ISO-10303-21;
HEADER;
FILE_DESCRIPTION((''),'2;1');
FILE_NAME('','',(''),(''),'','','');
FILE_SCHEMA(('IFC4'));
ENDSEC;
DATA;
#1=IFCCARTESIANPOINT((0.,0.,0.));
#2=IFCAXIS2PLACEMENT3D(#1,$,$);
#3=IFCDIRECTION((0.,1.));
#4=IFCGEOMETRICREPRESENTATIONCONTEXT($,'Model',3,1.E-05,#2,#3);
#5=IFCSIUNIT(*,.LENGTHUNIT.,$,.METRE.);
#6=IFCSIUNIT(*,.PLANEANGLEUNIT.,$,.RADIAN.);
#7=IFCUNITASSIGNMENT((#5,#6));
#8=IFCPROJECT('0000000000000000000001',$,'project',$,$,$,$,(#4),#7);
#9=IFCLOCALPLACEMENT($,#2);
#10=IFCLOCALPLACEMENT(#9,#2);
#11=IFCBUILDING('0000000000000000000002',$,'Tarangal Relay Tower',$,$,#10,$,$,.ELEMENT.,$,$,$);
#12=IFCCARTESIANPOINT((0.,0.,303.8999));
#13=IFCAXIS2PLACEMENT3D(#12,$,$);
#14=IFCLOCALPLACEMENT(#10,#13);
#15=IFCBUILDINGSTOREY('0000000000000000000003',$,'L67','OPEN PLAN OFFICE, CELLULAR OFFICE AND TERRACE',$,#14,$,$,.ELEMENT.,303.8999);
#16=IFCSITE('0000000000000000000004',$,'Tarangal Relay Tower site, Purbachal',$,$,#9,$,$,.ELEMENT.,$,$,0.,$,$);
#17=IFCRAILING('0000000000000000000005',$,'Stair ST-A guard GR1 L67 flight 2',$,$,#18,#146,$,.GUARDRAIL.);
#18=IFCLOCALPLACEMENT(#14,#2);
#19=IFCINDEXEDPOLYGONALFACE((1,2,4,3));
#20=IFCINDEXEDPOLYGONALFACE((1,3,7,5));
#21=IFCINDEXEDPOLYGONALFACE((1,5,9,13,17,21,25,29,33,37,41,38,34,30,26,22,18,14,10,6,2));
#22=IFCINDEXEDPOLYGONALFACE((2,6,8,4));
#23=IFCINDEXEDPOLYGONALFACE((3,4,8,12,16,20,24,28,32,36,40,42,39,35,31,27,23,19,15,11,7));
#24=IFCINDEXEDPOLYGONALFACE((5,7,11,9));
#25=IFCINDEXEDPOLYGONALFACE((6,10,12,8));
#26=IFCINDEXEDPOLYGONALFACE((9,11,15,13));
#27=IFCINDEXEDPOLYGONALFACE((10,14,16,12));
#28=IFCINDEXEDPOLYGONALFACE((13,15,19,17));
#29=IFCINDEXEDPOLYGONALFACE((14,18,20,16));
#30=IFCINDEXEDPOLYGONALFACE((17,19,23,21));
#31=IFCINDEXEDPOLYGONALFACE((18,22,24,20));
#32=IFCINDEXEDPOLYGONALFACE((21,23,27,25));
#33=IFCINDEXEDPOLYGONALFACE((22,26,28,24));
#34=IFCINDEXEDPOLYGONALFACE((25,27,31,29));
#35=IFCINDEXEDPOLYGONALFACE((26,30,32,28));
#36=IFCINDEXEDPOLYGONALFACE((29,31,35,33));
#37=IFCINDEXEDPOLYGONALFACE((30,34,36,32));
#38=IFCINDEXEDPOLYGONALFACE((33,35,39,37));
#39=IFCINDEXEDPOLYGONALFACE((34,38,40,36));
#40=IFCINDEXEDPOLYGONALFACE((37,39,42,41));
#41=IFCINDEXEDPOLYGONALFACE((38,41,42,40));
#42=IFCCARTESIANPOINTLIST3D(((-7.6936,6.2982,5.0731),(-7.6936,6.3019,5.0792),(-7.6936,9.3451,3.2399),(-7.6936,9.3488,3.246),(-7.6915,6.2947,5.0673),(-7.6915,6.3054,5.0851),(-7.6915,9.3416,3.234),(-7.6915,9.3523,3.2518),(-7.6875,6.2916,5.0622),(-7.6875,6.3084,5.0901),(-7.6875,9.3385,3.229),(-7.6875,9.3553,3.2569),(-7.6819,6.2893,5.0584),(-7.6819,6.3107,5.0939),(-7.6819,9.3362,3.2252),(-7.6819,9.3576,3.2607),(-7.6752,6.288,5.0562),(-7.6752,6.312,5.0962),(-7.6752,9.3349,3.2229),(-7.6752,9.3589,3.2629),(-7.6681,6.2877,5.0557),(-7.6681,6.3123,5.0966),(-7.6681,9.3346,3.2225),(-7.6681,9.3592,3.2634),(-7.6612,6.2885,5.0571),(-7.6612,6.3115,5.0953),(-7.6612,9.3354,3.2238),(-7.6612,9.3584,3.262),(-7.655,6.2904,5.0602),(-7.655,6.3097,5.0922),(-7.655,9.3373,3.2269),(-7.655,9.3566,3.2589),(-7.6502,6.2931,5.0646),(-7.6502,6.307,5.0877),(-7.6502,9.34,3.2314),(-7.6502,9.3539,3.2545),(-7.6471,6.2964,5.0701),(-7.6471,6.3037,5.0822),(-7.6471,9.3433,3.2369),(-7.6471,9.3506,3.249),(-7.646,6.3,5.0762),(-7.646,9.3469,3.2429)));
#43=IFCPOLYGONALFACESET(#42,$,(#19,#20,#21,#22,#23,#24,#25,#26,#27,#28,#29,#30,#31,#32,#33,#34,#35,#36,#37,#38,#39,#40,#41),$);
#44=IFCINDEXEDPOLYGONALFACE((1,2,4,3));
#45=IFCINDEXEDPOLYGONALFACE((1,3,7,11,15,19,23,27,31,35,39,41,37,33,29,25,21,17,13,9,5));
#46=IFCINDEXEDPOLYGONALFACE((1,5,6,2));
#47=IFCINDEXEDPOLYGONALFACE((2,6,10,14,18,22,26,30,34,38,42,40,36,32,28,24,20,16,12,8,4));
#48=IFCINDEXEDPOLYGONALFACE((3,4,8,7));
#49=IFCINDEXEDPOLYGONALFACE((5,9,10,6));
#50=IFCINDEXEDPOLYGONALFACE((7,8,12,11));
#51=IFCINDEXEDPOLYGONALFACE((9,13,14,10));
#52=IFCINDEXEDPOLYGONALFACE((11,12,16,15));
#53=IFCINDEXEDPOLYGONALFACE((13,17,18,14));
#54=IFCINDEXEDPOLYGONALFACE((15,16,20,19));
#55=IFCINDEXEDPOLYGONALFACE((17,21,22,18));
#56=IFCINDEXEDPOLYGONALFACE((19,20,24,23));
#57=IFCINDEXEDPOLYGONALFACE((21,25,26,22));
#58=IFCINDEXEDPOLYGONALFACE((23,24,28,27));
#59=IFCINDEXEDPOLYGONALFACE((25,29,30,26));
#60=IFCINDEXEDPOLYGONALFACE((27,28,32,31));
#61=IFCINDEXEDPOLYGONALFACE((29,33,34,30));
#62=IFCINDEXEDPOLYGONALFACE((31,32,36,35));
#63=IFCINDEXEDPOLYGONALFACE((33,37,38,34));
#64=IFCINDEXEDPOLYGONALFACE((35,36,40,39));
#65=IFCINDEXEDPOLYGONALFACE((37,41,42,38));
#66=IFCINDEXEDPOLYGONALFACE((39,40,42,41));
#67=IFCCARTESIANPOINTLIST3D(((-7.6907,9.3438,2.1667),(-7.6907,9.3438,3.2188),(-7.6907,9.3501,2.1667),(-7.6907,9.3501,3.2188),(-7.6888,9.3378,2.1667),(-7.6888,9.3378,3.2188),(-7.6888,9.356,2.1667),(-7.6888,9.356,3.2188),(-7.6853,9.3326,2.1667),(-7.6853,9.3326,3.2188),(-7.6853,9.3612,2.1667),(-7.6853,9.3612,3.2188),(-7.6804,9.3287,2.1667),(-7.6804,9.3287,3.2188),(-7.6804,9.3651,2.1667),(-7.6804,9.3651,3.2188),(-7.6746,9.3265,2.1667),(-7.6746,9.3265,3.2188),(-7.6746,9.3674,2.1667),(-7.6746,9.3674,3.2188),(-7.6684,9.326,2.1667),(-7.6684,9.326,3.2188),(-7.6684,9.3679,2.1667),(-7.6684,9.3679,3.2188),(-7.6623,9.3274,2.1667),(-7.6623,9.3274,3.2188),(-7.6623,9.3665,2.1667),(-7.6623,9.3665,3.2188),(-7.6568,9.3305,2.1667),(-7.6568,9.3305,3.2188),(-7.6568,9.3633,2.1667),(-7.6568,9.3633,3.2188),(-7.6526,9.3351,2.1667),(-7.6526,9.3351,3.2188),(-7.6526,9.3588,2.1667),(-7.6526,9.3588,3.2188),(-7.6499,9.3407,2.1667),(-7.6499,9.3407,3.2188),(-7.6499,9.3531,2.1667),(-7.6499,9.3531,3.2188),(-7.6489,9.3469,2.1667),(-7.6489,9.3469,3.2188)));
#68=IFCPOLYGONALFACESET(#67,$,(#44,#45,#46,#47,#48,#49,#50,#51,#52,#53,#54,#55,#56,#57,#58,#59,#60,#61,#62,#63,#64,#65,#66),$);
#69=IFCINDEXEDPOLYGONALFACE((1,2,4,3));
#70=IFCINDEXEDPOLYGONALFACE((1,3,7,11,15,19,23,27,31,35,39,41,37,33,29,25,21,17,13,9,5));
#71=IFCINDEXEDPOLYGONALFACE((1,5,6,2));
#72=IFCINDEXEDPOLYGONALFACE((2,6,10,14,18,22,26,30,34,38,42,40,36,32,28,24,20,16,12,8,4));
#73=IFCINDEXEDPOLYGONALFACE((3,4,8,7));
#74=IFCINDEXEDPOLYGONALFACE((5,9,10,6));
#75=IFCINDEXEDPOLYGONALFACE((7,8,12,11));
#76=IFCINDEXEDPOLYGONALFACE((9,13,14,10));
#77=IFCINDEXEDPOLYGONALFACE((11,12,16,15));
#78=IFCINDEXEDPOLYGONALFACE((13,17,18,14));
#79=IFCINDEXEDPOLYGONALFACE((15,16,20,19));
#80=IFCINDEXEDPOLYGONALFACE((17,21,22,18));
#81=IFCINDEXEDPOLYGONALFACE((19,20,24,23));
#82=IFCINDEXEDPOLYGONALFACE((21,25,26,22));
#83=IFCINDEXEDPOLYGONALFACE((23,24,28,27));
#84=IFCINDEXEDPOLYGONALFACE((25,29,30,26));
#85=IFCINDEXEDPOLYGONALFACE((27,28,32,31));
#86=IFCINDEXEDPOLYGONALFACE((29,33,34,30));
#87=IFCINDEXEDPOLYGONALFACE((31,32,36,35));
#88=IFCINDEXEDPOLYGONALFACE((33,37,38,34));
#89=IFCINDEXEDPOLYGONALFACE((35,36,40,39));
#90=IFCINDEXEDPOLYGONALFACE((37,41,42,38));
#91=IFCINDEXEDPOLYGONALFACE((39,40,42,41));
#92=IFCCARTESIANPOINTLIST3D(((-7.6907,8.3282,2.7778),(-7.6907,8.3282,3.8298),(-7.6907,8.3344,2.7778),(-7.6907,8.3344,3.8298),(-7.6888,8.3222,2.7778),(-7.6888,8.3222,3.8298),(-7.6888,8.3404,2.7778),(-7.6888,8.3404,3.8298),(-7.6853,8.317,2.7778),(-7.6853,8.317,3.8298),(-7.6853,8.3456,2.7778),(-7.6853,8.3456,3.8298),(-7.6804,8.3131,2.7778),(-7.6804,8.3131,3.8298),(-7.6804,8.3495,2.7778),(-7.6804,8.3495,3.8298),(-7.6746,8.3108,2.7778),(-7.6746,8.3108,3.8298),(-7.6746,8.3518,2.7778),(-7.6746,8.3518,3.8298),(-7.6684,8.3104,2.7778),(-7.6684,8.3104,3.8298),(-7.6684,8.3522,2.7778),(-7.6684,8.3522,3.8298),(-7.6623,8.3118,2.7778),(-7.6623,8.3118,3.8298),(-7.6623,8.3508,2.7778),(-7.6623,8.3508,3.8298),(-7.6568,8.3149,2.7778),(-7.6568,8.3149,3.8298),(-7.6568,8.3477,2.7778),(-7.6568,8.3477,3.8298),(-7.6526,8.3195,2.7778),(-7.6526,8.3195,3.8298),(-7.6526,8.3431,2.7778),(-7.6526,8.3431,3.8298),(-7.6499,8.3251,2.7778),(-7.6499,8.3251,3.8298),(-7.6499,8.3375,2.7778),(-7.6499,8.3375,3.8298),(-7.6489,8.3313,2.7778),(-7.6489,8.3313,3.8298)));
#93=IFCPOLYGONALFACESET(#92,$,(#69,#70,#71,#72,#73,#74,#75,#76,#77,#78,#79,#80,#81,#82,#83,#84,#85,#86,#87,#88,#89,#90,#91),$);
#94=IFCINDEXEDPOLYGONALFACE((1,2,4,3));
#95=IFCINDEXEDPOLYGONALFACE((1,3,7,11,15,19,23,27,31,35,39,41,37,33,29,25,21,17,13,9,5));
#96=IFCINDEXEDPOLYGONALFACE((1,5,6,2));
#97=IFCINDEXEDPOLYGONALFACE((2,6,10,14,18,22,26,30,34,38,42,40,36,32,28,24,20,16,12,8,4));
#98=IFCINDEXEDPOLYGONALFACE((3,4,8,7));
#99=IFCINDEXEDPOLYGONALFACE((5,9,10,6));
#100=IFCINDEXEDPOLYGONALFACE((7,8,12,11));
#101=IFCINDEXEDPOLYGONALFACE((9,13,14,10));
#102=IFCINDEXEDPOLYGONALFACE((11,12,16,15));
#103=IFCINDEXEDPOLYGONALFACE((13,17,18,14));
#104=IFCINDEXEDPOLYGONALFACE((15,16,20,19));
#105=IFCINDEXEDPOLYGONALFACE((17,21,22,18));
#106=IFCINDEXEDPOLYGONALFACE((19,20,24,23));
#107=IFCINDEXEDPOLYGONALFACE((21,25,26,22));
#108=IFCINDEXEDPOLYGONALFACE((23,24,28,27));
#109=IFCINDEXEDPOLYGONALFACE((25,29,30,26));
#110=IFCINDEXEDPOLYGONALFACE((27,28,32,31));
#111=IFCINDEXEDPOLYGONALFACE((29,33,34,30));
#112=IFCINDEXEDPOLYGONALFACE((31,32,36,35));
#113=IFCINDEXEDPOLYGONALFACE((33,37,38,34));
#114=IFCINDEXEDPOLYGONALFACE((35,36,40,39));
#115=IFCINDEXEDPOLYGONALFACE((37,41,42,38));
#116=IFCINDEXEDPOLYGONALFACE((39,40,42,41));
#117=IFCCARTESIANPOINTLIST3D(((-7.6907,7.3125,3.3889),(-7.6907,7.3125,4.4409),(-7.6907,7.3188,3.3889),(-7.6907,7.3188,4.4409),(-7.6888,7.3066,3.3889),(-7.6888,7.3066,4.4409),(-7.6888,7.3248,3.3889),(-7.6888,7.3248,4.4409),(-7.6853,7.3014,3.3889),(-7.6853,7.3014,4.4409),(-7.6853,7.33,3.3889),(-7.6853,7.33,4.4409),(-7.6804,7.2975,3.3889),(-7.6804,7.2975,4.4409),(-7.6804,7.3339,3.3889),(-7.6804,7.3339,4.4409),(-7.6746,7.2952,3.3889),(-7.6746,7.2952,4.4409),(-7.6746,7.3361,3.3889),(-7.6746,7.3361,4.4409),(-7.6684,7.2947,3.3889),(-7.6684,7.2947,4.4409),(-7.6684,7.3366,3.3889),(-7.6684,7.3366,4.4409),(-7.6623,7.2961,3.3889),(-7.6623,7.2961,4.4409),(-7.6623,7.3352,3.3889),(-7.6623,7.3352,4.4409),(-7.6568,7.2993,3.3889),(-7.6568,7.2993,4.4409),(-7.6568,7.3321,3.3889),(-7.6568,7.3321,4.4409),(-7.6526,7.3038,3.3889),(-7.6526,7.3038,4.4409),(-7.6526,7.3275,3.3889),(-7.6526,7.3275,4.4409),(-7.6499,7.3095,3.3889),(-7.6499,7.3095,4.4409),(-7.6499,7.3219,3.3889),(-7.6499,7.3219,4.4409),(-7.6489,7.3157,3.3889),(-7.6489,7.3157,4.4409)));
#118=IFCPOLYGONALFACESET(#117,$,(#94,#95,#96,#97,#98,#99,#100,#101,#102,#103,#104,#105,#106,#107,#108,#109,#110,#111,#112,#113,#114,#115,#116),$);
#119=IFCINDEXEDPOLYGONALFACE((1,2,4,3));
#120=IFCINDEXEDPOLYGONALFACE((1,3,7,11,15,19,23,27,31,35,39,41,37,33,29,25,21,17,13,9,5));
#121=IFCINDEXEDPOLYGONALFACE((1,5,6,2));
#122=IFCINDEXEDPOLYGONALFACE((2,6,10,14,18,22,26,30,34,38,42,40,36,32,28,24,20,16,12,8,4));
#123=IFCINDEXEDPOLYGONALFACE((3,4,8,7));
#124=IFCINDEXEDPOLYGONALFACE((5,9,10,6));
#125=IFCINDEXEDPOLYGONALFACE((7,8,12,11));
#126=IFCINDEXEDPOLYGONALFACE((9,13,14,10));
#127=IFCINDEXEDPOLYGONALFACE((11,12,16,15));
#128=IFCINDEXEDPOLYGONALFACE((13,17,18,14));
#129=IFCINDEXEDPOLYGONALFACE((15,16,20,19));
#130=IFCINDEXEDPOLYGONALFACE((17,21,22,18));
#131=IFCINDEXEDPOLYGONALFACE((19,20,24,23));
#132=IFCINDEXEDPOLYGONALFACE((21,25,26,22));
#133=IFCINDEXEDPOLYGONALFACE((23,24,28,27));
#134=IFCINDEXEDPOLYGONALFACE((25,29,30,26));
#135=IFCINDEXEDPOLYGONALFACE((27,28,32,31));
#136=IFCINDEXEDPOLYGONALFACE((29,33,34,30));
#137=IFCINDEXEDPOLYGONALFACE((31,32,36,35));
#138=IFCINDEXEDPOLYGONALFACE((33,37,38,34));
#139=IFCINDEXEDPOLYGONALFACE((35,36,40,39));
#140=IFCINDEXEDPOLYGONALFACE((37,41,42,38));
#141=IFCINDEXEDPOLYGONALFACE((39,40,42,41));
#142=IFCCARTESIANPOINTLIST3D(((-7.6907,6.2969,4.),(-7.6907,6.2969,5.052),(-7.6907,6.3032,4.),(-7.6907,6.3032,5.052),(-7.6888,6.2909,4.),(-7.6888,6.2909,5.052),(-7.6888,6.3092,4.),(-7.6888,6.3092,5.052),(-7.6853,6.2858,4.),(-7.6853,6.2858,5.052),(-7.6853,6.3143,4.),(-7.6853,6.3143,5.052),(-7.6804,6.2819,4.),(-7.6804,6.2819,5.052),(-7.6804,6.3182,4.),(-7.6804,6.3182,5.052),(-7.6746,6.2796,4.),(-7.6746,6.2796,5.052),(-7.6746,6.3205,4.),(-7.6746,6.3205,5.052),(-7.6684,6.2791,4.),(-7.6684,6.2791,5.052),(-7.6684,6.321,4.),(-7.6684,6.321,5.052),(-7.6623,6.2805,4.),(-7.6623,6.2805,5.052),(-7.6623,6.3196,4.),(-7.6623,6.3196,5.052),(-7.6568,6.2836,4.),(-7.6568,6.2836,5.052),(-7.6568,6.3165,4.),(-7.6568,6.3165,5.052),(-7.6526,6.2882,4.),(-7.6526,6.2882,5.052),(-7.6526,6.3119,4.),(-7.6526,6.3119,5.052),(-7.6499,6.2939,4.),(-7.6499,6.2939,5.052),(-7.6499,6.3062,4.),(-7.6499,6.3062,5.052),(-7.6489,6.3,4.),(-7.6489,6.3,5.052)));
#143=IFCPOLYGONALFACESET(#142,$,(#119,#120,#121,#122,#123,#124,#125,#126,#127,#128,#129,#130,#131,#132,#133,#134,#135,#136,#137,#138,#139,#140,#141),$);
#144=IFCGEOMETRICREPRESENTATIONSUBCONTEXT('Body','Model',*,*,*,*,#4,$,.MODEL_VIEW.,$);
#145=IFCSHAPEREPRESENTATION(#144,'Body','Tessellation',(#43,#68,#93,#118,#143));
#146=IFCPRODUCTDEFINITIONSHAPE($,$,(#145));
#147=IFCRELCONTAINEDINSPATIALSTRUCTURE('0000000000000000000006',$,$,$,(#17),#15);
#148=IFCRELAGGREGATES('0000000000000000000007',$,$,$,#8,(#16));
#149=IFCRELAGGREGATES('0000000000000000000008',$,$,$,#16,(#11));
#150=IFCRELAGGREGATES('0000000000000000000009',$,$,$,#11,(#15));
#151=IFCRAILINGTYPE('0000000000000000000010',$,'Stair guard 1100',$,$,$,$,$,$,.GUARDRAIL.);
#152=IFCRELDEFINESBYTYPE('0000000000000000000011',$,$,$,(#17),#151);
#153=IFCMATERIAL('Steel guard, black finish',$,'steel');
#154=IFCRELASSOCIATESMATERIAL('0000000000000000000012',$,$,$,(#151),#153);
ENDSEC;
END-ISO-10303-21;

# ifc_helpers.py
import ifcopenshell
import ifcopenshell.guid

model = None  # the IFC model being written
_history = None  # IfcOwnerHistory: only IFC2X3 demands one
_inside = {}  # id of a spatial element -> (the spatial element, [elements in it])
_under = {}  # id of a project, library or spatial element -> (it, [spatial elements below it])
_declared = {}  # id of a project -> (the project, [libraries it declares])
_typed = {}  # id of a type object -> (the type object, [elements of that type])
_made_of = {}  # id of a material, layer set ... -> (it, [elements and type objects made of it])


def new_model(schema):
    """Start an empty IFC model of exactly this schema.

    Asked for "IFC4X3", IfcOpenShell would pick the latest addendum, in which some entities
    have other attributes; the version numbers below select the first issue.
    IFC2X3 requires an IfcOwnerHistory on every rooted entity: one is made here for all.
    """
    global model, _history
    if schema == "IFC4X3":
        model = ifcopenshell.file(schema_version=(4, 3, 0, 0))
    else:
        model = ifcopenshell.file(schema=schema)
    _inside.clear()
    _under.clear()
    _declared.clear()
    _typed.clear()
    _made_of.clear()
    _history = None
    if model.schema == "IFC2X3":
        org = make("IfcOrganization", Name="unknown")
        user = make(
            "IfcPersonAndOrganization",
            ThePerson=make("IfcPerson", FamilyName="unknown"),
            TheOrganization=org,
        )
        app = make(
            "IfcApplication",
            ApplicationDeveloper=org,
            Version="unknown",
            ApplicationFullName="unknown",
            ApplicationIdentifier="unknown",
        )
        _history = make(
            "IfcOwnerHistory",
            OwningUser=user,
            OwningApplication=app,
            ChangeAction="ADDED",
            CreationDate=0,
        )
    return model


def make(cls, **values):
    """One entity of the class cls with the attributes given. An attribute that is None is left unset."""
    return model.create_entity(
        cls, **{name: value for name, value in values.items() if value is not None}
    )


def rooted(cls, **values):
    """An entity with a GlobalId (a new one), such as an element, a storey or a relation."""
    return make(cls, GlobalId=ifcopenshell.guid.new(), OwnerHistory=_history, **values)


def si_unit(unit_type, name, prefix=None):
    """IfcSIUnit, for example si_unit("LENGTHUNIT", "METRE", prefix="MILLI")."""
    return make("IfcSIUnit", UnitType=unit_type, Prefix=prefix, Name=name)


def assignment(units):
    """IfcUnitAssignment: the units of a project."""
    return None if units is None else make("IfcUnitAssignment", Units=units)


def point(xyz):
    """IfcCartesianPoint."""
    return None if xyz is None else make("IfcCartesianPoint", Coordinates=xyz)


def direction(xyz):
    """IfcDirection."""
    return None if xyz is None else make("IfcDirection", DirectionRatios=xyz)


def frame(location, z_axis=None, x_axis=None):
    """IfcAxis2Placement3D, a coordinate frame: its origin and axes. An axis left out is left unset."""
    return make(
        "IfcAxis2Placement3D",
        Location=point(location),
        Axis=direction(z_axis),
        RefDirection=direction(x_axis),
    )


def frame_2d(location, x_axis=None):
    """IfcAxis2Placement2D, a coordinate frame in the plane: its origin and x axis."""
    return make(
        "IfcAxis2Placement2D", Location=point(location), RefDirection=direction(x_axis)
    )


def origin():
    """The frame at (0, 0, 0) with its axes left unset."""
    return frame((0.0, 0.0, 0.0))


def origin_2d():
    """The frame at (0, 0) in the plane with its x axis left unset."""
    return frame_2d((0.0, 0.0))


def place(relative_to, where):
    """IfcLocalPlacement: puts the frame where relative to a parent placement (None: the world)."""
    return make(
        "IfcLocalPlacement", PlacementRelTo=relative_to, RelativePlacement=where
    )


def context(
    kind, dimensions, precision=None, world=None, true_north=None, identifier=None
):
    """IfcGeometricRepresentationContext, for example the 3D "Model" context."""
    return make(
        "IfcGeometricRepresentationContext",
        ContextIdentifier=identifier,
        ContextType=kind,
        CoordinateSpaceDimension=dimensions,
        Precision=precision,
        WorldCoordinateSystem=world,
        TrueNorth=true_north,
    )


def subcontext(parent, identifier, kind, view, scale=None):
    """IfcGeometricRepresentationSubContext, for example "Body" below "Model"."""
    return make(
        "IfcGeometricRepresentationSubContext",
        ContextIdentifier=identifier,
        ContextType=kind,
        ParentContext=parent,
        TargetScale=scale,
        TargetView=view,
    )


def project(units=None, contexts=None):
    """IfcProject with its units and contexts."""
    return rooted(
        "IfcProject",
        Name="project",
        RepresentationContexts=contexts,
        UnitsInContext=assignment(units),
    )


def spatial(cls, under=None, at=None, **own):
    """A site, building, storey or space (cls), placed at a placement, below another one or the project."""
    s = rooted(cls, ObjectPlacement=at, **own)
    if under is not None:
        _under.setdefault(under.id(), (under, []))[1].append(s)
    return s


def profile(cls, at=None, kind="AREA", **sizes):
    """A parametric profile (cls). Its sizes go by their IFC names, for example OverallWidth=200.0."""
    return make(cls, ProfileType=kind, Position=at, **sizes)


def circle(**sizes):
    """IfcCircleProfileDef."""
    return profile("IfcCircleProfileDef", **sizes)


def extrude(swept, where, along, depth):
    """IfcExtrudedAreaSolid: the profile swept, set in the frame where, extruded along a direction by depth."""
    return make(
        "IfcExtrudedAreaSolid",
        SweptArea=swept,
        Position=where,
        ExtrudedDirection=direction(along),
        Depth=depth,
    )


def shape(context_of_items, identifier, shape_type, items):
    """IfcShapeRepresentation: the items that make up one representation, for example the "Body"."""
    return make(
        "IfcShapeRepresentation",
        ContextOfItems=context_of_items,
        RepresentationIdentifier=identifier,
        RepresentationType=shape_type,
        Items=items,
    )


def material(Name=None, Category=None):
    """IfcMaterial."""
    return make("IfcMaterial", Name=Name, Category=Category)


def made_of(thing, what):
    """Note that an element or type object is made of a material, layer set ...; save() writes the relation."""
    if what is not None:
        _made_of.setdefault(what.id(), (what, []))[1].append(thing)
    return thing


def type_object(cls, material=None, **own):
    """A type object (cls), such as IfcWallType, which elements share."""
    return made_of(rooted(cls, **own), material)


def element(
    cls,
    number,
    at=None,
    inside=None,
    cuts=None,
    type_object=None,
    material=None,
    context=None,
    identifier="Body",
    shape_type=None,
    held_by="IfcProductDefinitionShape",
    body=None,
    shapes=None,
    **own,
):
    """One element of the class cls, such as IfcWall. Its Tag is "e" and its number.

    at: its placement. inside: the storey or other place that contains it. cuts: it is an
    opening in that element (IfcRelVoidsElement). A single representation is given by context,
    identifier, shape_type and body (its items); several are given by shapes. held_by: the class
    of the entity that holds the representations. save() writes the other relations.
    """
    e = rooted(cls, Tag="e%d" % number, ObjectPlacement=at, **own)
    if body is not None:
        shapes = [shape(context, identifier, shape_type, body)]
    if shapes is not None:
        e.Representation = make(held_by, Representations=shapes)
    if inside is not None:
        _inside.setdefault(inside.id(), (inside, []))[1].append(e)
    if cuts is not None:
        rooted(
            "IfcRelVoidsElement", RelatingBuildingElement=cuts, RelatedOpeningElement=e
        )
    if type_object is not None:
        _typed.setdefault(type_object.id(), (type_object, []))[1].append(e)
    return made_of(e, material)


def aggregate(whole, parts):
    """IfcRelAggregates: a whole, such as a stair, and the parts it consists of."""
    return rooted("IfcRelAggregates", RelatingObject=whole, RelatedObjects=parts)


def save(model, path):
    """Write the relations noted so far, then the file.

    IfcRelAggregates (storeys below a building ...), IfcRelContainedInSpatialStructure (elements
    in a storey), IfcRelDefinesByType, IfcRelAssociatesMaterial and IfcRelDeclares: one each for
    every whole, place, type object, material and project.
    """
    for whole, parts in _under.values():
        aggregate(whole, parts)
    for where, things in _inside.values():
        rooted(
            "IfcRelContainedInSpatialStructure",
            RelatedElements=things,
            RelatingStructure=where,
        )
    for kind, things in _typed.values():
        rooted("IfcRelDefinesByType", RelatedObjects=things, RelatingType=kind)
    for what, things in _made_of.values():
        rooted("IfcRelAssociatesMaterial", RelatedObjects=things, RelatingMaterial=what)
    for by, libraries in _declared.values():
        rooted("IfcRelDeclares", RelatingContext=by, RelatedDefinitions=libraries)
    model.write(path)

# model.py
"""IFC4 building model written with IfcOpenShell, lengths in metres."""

from ifc_helpers import new_model, si_unit, direction, frame, origin, origin_2d, place, context, subcontext, project, spatial, circle, extrude, material, type_object, element, save


model = new_model("IFC4")

# Units and contexts
model_context = context("Model", 3, precision=1e-05, world=origin(), true_north=direction((0.0, 1.0)))
body_context = subcontext(model_context, "Body", "Model", "MODEL_VIEW")
ifc_project = project(units=[si_unit("LENGTHUNIT", "METRE"), si_unit("PLANEANGLEUNIT", "RADIAN")], contexts=[model_context])

# Site, building, storey
site_placement = place(None, origin())
site = spatial("IfcSite", under=ifc_project, at=site_placement, Name="Tarangal Relay Tower site, Purbachal", CompositionType="ELEMENT", RefElevation=0.0)
building_placement = place(site_placement, origin())
building = spatial("IfcBuilding", under=site, at=building_placement, Name="Tarangal Relay Tower", CompositionType="ELEMENT")
storey_placement = place(building_placement, frame((0.0, 0.0, 303.8999)))
storey = spatial("IfcBuildingStorey", under=building, at=storey_placement, Name="L67", Description="OPEN PLAN OFFICE, CELLULAR OFFICE AND TERRACE", CompositionType="ELEMENT", Elevation=303.8999)

# Railing
ifc_material_1 = material(Name="Steel guard, black finish", Category="steel")
railing_type_1 = type_object("IfcRailingType", Name="Stair guard 1100", PredefinedType="GUARDRAIL", material=ifc_material_1)
railing_1_placement = place(storey_placement, frame((-7.6699, 9.3469, 2.1667)))
element("IfcRailing", 1, at=railing_1_placement, inside=storey, type_object=railing_type_1, Name="Stair ST-A guard GR1 L67 flight 2", PredefinedType="GUARDRAIL", context=body_context, shape_type="SweptSolid", body=[
    extrude(circle(Radius=0.0239, at=origin_2d()), frame((0.0, 0.0, 1.0762), z_axis=(0.0, -0.856856, 0.515556), x_axis=(1.0, 0.0, 0.0)), (0.0, 0.0, 1.0), 3.5559),
    extrude(circle(Radius=0.021, at=origin_2d()), origin(), (0.0, 0.0, 1.0), 1.052),
    extrude(circle(Radius=0.021, at=origin_2d()), frame((0.0, -1.0156, 0.6111)), (0.0, 0.0, 1.0), 1.052),
    extrude(circle(Radius=0.021, at=origin_2d()), frame((0.0, -2.0312, 1.2222)), (0.0, 0.0, 1.0), 1.052),
    extrude(circle(Radius=0.021, at=origin_2d()), frame((0.0, -3.0469, 1.8333)), (0.0, 0.0, 1.0), 1.052),
])

save(model, "model.ifc")
